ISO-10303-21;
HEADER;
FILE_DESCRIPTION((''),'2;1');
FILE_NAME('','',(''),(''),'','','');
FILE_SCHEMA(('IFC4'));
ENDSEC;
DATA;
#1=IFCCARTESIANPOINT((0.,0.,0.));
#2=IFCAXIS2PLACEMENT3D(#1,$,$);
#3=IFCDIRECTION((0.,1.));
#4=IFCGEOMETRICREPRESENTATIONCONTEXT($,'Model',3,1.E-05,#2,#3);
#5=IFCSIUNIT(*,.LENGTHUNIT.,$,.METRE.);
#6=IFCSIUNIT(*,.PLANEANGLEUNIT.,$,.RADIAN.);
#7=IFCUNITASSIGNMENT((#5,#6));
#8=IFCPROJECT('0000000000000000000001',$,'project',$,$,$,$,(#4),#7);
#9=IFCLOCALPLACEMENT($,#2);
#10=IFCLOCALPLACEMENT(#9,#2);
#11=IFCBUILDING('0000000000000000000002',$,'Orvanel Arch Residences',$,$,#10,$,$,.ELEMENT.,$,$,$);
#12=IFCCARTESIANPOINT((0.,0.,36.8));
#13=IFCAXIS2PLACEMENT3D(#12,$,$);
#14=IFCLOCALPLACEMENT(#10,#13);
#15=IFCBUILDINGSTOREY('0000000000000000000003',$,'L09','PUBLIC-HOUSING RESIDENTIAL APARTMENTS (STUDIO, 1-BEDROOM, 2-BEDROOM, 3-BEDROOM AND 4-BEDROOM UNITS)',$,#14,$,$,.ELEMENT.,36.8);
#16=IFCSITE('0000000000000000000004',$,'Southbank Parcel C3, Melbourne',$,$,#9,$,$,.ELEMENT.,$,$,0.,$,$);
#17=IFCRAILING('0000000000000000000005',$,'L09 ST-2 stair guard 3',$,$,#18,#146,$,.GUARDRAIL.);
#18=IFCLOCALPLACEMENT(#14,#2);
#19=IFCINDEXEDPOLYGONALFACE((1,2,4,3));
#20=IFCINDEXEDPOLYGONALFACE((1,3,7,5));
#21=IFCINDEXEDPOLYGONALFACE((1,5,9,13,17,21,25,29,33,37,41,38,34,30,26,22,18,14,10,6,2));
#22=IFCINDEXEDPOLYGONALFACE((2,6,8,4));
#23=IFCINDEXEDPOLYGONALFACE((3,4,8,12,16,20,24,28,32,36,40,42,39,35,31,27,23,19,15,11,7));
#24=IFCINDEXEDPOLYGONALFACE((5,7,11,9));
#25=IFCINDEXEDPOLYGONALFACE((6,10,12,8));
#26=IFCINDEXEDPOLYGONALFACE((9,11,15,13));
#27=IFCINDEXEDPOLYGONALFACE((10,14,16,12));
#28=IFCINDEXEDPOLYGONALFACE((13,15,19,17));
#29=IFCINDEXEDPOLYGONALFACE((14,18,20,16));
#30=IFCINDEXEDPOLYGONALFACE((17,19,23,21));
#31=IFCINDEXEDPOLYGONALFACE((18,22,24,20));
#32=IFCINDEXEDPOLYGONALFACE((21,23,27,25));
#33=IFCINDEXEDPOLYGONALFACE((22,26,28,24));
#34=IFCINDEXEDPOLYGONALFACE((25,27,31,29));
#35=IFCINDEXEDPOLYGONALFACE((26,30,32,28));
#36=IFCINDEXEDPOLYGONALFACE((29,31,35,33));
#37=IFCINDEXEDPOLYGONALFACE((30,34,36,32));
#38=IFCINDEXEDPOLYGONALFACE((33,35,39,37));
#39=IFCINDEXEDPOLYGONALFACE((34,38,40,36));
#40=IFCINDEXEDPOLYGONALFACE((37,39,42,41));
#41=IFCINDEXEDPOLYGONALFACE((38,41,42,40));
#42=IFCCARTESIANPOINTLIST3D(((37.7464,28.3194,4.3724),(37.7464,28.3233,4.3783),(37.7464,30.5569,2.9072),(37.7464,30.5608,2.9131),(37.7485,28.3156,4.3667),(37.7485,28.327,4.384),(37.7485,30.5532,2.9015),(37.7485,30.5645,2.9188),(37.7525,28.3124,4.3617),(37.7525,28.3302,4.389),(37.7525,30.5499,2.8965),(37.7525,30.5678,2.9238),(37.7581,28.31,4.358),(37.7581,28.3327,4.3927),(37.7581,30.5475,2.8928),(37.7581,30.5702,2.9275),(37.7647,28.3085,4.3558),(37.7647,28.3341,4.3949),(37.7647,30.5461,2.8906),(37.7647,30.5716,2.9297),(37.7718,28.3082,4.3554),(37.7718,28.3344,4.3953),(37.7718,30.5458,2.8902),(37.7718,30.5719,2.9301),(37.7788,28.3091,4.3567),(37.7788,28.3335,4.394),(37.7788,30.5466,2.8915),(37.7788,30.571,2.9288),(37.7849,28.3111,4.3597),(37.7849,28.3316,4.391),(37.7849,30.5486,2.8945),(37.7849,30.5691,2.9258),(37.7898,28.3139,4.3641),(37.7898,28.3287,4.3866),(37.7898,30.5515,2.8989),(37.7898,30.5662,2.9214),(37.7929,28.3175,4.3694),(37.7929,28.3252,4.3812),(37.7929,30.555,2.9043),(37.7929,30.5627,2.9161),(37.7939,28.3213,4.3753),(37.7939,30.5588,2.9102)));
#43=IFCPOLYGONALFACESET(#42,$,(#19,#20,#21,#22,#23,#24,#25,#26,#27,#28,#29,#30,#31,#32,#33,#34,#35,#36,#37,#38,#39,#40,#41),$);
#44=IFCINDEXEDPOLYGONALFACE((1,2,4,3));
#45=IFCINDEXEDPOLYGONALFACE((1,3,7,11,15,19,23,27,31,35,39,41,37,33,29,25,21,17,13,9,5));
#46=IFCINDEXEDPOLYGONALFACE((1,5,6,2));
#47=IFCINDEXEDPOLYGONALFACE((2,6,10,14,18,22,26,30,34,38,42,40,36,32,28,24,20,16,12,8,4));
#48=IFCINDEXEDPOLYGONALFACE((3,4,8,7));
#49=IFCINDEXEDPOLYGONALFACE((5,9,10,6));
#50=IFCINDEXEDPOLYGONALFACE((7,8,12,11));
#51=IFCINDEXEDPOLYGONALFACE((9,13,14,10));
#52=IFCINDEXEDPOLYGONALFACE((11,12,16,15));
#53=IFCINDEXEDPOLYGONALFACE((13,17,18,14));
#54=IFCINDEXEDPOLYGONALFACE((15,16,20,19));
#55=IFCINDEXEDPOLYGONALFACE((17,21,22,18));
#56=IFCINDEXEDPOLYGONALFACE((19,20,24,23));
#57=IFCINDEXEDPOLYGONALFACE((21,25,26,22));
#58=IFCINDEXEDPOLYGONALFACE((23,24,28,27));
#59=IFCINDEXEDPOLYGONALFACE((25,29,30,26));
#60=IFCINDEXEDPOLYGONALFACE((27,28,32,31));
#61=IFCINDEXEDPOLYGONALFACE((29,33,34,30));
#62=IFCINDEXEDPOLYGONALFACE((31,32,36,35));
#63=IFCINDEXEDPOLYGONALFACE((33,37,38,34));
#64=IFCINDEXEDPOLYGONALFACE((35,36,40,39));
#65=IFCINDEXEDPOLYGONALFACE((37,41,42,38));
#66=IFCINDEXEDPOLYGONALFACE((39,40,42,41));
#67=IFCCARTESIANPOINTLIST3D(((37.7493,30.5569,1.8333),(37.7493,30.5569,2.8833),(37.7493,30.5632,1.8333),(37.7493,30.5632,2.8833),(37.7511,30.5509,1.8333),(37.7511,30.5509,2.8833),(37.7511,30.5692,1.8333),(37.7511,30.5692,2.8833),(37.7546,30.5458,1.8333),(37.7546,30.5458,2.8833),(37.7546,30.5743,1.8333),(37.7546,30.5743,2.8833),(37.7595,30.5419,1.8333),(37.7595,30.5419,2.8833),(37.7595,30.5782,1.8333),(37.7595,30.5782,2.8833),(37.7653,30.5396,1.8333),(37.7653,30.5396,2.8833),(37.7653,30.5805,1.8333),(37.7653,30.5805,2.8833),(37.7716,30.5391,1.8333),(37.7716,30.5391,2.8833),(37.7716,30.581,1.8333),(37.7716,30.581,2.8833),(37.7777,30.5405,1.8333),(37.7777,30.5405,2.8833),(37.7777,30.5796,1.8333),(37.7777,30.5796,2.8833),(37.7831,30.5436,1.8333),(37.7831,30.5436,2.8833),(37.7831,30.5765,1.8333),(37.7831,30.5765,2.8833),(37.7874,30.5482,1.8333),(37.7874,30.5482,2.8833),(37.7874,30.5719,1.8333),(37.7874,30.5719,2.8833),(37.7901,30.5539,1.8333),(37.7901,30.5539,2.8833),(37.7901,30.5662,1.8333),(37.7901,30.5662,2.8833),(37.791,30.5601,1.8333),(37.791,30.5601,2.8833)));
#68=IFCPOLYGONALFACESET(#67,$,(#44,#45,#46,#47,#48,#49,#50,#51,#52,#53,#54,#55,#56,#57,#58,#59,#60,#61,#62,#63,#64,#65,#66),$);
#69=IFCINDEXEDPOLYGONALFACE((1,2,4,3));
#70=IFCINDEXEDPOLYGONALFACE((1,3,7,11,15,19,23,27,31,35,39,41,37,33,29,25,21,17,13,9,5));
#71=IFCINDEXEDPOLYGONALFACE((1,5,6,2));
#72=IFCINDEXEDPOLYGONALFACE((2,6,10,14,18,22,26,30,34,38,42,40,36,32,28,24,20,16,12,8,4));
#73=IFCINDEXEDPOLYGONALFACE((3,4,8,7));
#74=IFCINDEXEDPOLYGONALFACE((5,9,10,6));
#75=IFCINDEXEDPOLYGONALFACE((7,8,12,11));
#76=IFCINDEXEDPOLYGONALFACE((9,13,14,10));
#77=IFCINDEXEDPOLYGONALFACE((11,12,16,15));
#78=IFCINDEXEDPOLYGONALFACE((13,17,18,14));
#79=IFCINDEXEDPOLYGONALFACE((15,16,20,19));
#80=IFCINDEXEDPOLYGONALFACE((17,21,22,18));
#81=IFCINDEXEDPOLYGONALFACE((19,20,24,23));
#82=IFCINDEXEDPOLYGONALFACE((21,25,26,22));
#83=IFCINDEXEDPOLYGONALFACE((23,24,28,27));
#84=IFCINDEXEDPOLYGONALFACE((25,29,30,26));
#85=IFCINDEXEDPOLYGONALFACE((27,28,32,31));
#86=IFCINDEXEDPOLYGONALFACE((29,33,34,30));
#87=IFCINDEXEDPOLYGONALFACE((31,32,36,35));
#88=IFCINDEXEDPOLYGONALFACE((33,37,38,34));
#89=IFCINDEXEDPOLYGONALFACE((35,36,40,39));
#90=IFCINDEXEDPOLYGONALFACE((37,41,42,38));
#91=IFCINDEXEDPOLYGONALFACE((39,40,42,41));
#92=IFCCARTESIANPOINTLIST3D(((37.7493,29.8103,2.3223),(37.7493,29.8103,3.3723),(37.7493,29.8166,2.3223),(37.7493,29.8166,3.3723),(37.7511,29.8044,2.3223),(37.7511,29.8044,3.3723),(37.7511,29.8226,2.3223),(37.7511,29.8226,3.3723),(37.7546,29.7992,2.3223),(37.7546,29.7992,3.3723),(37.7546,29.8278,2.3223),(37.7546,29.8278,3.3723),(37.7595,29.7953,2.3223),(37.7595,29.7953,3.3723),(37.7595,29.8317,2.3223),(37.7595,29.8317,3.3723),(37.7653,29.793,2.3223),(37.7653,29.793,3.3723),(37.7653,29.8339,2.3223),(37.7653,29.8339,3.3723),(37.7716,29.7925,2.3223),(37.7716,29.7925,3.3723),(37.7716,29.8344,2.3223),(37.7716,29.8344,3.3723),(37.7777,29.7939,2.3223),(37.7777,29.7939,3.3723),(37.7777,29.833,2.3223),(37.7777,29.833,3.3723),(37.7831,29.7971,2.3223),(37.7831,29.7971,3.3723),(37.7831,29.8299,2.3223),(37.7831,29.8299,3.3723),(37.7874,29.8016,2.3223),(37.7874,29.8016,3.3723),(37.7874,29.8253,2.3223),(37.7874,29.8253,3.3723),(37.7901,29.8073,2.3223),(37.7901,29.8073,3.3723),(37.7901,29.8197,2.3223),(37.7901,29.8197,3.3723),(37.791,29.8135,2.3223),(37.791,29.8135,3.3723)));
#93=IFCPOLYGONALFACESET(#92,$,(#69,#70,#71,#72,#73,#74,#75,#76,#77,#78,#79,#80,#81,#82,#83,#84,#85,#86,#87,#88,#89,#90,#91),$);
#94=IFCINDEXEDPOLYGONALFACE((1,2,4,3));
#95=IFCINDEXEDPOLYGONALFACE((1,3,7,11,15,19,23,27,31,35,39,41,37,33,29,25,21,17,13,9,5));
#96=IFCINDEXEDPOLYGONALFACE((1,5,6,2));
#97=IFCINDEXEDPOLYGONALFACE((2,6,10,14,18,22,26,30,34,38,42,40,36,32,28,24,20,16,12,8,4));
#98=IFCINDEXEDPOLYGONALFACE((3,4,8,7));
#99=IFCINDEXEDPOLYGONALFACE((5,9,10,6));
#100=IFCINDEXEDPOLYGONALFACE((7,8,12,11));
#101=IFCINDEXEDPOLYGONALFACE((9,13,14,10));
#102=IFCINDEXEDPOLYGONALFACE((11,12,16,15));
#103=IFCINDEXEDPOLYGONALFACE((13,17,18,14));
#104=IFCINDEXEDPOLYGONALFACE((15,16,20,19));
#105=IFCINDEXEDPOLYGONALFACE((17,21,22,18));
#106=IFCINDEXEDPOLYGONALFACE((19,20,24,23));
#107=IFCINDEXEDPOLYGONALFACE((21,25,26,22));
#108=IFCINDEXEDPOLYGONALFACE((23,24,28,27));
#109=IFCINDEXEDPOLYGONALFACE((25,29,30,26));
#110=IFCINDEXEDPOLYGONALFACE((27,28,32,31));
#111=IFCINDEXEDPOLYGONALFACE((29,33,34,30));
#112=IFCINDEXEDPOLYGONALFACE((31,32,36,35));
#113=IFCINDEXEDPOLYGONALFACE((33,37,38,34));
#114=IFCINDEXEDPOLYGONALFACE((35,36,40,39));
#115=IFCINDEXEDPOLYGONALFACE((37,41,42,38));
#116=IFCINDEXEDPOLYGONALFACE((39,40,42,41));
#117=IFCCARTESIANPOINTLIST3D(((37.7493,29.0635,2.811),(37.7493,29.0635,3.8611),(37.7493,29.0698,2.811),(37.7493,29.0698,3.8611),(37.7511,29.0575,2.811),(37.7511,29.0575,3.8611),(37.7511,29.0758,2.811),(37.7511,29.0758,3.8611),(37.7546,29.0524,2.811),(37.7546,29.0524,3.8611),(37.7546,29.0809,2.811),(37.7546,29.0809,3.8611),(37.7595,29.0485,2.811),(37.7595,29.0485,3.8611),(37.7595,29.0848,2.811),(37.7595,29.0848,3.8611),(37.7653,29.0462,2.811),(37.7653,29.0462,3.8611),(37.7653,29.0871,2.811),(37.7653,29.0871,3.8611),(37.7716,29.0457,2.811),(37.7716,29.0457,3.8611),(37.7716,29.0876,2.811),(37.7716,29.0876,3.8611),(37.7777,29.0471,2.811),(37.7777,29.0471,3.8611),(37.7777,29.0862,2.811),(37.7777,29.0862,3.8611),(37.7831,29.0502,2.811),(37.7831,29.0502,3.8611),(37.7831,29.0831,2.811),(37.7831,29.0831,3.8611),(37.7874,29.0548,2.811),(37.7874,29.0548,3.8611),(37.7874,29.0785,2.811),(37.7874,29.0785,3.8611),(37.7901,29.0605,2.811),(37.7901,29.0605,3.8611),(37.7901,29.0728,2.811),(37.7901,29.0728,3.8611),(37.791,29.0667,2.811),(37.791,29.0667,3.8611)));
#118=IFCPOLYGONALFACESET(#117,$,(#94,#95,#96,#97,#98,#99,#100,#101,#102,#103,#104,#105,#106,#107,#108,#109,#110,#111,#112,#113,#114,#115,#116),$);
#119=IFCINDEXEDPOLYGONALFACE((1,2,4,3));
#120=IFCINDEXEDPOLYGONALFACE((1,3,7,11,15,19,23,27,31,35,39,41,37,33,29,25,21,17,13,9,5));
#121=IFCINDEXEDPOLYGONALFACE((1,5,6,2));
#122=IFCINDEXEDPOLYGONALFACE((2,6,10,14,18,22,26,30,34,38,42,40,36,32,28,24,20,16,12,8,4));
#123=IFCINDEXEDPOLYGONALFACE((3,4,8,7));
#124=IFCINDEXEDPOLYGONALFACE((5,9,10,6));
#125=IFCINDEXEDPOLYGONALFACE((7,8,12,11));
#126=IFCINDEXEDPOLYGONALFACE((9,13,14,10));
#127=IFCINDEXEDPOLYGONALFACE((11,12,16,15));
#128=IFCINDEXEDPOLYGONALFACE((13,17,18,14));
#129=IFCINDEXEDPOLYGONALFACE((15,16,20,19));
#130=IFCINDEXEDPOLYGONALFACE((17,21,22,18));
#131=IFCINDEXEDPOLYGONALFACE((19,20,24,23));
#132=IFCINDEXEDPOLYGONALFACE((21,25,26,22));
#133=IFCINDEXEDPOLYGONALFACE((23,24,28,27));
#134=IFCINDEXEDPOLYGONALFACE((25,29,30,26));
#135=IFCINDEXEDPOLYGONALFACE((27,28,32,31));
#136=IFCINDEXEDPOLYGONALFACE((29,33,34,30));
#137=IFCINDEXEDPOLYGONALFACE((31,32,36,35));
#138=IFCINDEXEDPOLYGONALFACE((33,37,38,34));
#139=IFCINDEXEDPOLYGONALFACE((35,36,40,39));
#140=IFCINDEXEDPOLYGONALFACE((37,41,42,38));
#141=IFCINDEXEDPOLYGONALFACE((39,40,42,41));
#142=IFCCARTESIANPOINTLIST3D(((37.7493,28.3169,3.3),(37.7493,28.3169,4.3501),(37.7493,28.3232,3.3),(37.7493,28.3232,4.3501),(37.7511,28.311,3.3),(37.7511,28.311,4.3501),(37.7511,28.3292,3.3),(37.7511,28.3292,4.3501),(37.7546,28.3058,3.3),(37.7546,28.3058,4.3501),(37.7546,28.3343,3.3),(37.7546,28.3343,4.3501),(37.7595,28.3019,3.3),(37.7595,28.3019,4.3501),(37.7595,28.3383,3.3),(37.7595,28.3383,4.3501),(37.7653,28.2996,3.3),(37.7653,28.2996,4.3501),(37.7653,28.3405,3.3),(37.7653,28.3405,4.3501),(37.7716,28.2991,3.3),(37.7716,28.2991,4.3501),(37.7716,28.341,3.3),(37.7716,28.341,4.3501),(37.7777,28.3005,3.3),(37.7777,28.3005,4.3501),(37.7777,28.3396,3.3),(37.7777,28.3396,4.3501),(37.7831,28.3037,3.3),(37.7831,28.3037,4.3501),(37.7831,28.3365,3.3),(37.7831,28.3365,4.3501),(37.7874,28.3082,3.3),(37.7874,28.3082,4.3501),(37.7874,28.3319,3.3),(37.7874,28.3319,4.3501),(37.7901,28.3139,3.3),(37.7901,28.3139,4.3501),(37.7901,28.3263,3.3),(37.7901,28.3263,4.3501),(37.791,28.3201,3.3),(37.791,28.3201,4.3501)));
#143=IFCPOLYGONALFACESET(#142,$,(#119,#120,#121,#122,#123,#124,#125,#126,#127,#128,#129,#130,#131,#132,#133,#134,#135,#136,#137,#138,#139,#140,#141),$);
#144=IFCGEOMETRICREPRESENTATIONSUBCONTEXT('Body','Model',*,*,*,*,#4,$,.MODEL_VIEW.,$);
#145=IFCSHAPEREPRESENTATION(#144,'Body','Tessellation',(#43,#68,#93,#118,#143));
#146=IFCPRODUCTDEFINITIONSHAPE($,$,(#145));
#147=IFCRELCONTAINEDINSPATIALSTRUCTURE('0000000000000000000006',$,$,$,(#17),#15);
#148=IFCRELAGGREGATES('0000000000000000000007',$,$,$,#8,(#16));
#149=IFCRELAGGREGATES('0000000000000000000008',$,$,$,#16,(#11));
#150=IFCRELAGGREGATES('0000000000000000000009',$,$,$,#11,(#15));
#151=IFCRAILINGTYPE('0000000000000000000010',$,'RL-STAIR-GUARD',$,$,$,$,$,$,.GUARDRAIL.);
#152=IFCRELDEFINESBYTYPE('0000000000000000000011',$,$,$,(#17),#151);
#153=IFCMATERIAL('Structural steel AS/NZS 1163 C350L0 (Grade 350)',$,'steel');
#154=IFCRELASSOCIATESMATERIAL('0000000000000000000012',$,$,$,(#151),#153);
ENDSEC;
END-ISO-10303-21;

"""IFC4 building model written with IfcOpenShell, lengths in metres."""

from ifc_helpers import new_model, si_unit, direction, frame, origin, origin_2d, place, context, subcontext, project, spatial, circle, extrude, material, type_object, element, save


model = new_model("IFC4")

# Units and contexts
model_context = context("Model", 3, precision=1e-05, world=origin(), true_north=direction((0.0, 1.0)))
body_context = subcontext(model_context, "Body", "Model", "MODEL_VIEW")
ifc_project = project(units=[si_unit("LENGTHUNIT", "METRE"), si_unit("PLANEANGLEUNIT", "RADIAN")], contexts=[model_context])

# Site, building, storey
site_placement = place(None, origin())
site = spatial("IfcSite", under=ifc_project, at=site_placement, Name="Southbank Parcel C3, Melbourne", CompositionType="ELEMENT", RefElevation=0.0)
building_placement = place(site_placement, origin())
building = spatial("IfcBuilding", under=site, at=building_placement, Name="Orvanel Arch Residences", CompositionType="ELEMENT")
storey_placement = place(building_placement, frame((0.0, 0.0, 36.8)))
storey = spatial("IfcBuildingStorey", under=building, at=storey_placement, Name="L09", Description="PUBLIC-HOUSING RESIDENTIAL APARTMENTS (STUDIO, 1-BEDROOM, 2-BEDROOM, 3-BEDROOM AND 4-BEDROOM UNITS)", CompositionType="ELEMENT", Elevation=36.8)

# Railing
ifc_material_1 = material(Name="Structural steel AS/NZS 1163 C350L0 (Grade 350)", Category="steel")
railing_type_1 = type_object("IfcRailingType", Name="RL-STAIR-GUARD", PredefinedType="GUARDRAIL", material=ifc_material_1)
railing_1_placement = place(storey_placement, frame((37.77, 30.5601, 1.8333)))
element("IfcRailing", 1, at=railing_1_placement, inside=storey, type_object=railing_type_1, Name="L09 ST-2 stair guard 3", PredefinedType="GUARDRAIL", context=body_context, shape_type="SweptSolid", body=[
    extrude(circle(Radius=0.0239, at=origin_2d()), frame((0.0, -0.0012, 1.0769), z_axis=(0.0, -0.836595, 0.547822), x_axis=(1.0, 0.0, 0.0)), (0.0, 0.0, 1.0), 2.6746),
    extrude(circle(Radius=0.021, at=origin_2d()), origin(), (0.0, 0.0, 1.0), 1.05),
    extrude(circle(Radius=0.021, at=origin_2d()), frame((0.0, -0.7466, 0.489)), (0.0, 0.0, 1.0), 1.05),
    extrude(circle(Radius=0.021, at=origin_2d()), frame((0.0, -1.4934, 0.9778)), (0.0, 0.0, 1.0), 1.05),
    extrude(circle(Radius=0.021, at=origin_2d()), frame((0.0, -2.24, 1.4668)), (0.0, 0.0, 1.0), 1.05),
])

save(model, "model.ifc")
